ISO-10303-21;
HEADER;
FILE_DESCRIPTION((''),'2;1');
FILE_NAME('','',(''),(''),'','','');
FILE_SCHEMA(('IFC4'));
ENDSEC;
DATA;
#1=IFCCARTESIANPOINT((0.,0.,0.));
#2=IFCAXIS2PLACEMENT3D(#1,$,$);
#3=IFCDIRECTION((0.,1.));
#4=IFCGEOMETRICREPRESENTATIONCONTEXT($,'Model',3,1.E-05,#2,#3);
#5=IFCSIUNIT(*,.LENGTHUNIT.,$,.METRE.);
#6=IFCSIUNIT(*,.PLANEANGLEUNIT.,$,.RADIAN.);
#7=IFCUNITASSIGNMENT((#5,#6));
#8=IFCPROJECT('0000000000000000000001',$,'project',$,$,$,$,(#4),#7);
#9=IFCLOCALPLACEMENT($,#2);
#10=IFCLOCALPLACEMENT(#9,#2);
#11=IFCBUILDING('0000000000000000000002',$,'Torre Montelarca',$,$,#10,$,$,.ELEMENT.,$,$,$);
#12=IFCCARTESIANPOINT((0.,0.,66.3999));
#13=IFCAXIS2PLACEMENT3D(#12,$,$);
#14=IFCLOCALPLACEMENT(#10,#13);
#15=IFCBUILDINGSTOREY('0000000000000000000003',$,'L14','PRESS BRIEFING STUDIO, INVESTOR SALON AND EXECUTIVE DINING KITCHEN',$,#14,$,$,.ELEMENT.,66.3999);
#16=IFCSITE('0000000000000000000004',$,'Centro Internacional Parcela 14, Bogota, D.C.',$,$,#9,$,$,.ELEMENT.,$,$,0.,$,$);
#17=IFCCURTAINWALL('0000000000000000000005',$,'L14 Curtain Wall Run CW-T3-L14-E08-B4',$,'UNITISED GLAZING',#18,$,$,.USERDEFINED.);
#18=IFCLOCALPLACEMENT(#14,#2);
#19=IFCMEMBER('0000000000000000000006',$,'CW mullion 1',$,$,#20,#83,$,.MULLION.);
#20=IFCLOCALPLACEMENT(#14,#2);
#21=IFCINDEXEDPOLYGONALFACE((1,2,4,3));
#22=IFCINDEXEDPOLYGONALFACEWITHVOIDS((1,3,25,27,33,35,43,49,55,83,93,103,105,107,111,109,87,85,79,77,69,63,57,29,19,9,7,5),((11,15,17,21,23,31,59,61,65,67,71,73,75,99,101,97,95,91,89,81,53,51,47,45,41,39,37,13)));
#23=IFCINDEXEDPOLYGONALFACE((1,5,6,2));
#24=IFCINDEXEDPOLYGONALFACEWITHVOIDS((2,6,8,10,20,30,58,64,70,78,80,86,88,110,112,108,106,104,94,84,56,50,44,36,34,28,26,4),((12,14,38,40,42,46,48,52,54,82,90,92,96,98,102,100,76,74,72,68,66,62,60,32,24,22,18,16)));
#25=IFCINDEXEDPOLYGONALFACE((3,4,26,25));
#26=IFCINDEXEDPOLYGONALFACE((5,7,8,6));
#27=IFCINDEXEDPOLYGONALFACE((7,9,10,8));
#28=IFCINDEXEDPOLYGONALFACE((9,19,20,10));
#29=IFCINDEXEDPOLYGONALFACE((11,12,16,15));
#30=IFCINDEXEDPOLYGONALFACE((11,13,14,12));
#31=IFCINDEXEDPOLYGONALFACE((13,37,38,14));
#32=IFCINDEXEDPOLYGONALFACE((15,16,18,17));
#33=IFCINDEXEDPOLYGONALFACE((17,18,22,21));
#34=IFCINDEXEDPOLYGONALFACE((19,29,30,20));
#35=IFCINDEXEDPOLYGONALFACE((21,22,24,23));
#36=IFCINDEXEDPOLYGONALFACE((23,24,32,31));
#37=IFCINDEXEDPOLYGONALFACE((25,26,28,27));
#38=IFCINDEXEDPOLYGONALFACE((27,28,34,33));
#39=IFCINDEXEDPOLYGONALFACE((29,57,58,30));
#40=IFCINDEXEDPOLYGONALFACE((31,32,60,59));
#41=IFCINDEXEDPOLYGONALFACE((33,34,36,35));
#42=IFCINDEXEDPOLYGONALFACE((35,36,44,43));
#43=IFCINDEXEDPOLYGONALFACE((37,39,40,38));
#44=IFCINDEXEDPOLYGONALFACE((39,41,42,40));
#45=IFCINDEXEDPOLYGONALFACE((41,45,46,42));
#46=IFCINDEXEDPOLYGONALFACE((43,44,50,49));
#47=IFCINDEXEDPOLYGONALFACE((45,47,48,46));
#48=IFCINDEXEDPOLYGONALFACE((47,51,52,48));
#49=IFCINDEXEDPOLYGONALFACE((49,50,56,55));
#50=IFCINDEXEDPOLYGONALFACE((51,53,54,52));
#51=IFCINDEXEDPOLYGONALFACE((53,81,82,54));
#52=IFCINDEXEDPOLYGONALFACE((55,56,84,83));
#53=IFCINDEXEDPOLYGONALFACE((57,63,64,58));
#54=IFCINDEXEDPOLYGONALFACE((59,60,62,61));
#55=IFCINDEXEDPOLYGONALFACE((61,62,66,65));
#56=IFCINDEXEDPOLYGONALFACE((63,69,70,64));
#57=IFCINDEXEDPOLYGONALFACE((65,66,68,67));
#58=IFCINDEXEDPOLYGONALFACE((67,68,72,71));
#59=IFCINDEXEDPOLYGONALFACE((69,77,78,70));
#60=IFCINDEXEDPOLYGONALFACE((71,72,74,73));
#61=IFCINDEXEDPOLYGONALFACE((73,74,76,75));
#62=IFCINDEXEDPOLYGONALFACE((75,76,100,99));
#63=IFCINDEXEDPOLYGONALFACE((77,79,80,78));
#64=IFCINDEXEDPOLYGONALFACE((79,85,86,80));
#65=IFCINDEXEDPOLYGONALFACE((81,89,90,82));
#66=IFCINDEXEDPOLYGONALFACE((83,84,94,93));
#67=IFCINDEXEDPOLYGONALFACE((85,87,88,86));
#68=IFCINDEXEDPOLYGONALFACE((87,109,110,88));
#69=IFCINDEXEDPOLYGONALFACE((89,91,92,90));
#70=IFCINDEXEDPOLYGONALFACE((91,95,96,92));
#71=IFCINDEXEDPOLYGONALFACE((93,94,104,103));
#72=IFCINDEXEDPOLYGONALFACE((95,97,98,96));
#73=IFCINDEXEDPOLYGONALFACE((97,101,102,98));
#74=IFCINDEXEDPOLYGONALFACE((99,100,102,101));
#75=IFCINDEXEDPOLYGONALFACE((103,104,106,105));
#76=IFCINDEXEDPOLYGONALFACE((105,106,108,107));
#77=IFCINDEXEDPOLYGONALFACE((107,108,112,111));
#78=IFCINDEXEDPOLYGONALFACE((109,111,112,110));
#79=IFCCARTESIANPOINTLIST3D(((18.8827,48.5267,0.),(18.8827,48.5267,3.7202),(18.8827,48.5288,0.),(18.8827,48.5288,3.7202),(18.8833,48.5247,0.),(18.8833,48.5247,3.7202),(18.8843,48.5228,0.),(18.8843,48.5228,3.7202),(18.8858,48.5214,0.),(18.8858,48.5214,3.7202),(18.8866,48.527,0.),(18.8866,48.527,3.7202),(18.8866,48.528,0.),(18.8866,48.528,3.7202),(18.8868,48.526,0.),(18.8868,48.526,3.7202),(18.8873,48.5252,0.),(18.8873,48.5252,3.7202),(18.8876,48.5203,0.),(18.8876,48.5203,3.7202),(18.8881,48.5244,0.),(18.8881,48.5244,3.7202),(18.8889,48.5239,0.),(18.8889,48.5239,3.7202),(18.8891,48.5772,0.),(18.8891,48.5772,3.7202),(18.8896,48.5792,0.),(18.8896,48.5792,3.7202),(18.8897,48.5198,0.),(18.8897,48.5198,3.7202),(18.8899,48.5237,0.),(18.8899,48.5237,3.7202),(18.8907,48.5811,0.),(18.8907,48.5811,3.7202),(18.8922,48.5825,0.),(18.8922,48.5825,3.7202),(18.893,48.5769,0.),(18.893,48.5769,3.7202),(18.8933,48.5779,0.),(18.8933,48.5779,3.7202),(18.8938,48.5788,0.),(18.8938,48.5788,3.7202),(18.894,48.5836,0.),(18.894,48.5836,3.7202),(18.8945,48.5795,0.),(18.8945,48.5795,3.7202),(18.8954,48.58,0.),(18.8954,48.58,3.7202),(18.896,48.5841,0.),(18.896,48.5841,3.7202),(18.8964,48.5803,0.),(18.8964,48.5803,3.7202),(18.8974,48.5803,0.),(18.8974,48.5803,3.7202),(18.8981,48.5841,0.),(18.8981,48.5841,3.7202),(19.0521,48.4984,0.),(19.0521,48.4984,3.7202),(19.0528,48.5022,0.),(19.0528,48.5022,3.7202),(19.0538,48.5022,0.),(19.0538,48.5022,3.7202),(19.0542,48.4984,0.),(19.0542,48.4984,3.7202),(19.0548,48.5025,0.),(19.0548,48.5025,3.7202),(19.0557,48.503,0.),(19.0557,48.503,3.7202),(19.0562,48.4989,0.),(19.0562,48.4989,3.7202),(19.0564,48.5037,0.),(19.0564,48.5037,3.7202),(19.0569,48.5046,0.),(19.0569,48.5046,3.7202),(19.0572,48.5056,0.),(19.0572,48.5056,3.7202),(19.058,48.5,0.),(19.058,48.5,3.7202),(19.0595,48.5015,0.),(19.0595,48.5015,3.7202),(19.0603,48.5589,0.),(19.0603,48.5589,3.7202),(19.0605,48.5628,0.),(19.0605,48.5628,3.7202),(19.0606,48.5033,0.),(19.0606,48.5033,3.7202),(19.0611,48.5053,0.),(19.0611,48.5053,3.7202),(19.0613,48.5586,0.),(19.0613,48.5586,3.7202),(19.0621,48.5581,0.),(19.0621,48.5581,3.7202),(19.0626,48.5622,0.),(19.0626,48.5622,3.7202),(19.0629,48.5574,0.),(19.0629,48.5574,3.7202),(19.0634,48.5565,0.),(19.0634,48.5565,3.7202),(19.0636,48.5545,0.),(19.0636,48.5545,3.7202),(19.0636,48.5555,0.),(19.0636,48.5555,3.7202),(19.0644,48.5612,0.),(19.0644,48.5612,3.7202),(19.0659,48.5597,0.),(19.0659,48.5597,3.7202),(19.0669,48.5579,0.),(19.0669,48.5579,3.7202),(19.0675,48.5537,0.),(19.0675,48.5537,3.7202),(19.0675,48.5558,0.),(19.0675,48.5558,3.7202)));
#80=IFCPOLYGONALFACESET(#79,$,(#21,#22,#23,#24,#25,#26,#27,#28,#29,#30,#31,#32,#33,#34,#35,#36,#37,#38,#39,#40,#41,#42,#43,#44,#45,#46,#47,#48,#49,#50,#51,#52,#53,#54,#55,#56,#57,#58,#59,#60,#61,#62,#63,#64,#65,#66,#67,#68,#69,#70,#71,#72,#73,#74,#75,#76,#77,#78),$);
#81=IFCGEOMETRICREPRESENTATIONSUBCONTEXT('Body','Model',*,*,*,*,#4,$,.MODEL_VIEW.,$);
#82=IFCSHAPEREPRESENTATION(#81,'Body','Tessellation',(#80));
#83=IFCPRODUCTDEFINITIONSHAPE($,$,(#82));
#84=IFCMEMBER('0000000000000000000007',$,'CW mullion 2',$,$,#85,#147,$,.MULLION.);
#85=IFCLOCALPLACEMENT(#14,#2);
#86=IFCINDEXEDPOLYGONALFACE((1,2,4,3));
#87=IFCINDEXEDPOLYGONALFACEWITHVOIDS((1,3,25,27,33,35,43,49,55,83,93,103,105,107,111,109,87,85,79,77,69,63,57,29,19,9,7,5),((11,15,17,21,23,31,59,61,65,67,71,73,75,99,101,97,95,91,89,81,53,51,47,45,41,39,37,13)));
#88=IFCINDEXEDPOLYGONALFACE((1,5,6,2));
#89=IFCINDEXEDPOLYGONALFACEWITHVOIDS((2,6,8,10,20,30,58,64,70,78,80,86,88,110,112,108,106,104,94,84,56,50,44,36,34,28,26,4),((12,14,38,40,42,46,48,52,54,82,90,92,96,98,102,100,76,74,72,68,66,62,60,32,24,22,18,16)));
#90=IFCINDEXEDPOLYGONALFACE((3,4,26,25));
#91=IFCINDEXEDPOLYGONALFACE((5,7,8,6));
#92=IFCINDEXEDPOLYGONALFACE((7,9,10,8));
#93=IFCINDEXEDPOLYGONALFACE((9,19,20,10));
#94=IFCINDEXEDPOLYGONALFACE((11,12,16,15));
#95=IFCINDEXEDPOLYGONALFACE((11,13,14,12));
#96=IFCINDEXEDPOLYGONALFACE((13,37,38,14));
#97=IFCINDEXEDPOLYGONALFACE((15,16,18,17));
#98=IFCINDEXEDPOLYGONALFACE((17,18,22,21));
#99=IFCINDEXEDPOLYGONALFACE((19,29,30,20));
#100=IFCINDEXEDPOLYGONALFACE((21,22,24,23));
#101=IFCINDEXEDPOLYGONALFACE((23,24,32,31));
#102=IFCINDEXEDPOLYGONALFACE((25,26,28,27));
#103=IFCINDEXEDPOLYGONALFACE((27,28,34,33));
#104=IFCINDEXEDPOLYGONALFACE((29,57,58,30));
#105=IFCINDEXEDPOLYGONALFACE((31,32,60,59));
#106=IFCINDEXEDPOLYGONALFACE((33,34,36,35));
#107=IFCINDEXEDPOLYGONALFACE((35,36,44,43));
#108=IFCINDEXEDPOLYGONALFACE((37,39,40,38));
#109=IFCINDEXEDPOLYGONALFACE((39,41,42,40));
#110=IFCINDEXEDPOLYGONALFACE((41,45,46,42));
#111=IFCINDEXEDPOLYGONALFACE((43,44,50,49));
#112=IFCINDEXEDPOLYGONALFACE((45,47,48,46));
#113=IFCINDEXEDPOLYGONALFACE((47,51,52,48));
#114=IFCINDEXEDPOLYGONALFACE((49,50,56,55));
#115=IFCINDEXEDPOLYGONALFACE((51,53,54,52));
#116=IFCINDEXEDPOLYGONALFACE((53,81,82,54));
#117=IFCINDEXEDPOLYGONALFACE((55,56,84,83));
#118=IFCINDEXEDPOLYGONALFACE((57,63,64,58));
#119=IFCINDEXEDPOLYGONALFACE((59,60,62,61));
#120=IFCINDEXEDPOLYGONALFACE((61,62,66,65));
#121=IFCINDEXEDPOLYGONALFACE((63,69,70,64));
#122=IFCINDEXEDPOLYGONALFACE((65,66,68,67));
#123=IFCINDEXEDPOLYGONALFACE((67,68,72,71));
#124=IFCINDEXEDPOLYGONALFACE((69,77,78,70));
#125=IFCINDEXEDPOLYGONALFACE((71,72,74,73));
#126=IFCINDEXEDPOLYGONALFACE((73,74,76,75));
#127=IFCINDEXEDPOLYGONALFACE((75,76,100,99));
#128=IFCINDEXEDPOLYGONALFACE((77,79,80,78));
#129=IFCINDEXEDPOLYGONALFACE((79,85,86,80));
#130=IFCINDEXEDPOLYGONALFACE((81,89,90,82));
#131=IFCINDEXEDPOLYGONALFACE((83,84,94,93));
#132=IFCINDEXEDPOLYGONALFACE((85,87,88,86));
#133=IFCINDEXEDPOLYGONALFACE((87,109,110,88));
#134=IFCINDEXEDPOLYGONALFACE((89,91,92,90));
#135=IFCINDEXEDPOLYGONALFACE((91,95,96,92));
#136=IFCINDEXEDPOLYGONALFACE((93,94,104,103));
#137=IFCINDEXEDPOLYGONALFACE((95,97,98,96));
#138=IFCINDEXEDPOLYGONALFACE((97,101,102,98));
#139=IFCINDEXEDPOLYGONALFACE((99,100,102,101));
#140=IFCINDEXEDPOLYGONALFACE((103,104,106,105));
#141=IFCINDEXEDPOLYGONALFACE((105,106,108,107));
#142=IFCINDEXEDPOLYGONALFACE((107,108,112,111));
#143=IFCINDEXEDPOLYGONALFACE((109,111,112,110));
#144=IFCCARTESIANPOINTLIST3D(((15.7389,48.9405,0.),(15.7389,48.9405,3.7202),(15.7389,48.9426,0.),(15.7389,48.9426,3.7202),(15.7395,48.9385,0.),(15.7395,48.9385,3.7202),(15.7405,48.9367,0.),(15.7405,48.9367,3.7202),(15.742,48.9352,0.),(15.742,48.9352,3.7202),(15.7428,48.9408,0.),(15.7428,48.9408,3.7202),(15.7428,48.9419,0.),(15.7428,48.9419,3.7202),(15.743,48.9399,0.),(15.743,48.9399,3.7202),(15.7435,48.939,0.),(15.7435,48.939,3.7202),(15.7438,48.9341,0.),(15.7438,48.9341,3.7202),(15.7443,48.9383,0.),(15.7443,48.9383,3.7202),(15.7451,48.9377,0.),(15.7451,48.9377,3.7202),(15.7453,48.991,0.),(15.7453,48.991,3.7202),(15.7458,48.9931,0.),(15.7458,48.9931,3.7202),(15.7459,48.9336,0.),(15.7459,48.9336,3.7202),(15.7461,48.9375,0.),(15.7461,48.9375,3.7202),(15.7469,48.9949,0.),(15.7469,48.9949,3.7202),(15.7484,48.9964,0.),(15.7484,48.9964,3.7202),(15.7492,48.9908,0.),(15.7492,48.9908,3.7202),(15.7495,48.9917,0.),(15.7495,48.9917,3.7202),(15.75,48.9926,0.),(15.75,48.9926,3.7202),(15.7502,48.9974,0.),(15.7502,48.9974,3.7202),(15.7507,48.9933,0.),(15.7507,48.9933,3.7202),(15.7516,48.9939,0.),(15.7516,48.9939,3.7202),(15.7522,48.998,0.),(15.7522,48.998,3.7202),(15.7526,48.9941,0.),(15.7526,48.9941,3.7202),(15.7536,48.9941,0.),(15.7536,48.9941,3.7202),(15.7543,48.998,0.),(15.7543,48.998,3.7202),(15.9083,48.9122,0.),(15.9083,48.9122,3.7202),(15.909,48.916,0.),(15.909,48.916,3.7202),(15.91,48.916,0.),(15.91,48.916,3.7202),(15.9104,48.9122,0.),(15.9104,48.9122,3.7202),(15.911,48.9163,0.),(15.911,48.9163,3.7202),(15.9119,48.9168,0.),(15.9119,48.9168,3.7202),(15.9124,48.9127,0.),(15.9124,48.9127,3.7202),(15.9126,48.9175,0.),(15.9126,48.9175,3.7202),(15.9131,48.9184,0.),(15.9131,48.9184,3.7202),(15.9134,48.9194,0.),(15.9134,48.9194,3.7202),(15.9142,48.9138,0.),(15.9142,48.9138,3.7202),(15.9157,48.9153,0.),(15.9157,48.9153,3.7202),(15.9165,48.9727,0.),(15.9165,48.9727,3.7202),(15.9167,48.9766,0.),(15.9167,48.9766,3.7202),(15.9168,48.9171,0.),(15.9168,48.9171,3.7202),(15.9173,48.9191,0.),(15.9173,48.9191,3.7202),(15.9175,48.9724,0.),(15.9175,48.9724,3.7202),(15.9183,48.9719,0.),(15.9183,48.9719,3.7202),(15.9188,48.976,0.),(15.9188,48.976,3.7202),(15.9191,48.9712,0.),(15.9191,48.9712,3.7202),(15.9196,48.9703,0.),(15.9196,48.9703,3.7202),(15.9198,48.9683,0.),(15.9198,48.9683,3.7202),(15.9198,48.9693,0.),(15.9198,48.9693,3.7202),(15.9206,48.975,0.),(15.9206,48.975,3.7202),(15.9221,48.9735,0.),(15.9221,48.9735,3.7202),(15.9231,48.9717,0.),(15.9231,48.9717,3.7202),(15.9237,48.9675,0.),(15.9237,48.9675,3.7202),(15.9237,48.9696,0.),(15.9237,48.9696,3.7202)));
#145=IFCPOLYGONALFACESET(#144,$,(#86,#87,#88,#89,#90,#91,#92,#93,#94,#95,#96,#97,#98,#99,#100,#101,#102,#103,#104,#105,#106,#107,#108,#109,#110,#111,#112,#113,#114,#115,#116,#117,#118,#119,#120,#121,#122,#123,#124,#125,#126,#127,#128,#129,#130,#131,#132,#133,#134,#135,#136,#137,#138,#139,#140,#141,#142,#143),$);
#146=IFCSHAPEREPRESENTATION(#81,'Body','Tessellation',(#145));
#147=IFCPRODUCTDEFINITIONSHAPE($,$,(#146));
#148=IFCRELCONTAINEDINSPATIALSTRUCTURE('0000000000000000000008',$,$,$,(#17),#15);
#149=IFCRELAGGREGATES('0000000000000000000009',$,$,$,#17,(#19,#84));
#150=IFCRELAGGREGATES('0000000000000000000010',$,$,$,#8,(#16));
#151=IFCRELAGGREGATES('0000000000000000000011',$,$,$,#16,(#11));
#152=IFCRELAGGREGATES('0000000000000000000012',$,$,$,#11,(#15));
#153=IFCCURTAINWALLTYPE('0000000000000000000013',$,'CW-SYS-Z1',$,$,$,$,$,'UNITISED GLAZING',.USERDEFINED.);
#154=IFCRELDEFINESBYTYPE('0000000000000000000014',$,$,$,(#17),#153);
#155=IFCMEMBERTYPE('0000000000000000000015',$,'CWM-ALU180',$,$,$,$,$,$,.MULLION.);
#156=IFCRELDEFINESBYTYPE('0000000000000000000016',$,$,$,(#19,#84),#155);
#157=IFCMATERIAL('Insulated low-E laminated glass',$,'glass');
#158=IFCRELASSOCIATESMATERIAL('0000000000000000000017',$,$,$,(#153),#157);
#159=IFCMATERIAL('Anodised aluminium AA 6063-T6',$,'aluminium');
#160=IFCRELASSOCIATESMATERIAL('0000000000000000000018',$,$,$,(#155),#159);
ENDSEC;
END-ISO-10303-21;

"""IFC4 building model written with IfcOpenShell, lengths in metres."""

from ifc_helpers import new_model, si_unit, direction, frame, origin, origin_2d, place, context, subcontext, project, spatial, hollow_rectangle, extrude, source, transform, mapped, material, material_profile, profile_set, type_object, element, aggregate, save


model = new_model("IFC4")

# Units and contexts
model_context = context("Model", 3, precision=1e-05, world=origin(), true_north=direction((0.0, 1.0)))
body_context = subcontext(model_context, "Body", "Model", "MODEL_VIEW")
ifc_project = project(units=[si_unit("LENGTHUNIT", "METRE"), si_unit("PLANEANGLEUNIT", "RADIAN")], contexts=[model_context])

# Site, building, storey
site_placement = place(None, origin())
site = spatial("IfcSite", under=ifc_project, at=site_placement, Name="Centro Internacional Parcela 14, Bogota, D.C.", CompositionType="ELEMENT", RefElevation=0.0)
building_placement = place(site_placement, origin())
building = spatial("IfcBuilding", under=site, at=building_placement, Name="Torre Montelarca", CompositionType="ELEMENT")
storey_placement = place(building_placement, frame((0.0, 0.0, 66.3999)))
storey = spatial("IfcBuildingStorey", under=building, at=storey_placement, Name="L14", Description="PRESS BRIEFING STUDIO, INVESTOR SALON AND EXECUTIVE DINING KITCHEN", CompositionType="ELEMENT", Elevation=66.3999)

# Curtain wall, members
ifc_material_1 = material(Name="Insulated low-E laminated glass", Category="glass")
curtain_wall_type = type_object("IfcCurtainWallType", Name="CW-SYS-Z1", ElementType="UNITISED GLAZING", PredefinedType="USERDEFINED", material=ifc_material_1)
ifc_material_2 = material(Name="Anodised aluminium AA 6063-T6", Category="aluminium")
curtain_wall_1_placement = place(storey_placement, origin())
curtain_wall_1 = element("IfcCurtainWall", 1, at=curtain_wall_1_placement, inside=storey, type_object=curtain_wall_type, Name="L14 Curtain Wall Run CW-T3-L14-E08-B4", ObjectType="UNITISED GLAZING", PredefinedType="USERDEFINED")
ifc_material_profile_1 = material_profile(ifc_material_2, hollow_rectangle(XDim=0.0649, YDim=0.1799, WallThickness=0.0039, InnerFilletRadius=0.0039, OuterFilletRadius=0.0081, at=origin_2d()), Name="ALU65X180X4", Category="aluminium")
ifc_profile_set_1 = profile_set([ifc_material_profile_1], Name="Anodised aluminium AA 6063-T6")
member_type_1 = type_object("IfcMemberType", Name="CWM-ALU180", PredefinedType="MULLION", material=ifc_profile_set_1)
shared_shape_1 = source(origin(), body_context, "Body", "SweptSolid", [
    extrude(hollow_rectangle(XDim=0.0649, YDim=0.1799, WallThickness=0.0039, InnerFilletRadius=0.0039, OuterFilletRadius=0.0081, at=origin_2d()), origin(), (0.0, 0.0, 1.0), 3.7202),
])
member_1_placement = place(storey_placement, frame((18.9751, 48.5413, 0.0), z_axis=(0.0, 0.0, 1.0), x_axis=(-0.130524, -0.991445, 0.0)))
member_1 = element("IfcMember", 2, at=member_1_placement, type_object=member_type_1, Name="CW mullion 1", PredefinedType="MULLION", context=body_context, shape_type="MappedRepresentation", body=[
    mapped(shared_shape_1, transform((0.0, 0.0, 0.0), scale=1.0)),
])
member_2_placement = place(storey_placement, frame((15.8313, 48.9551, 0.0), z_axis=(0.0, 0.0, 1.0), x_axis=(-0.130524, -0.991445, 0.0)))
member_2 = element("IfcMember", 3, at=member_2_placement, type_object=member_type_1, Name="CW mullion 2", PredefinedType="MULLION", context=body_context, shape_type="MappedRepresentation", body=[
    mapped(shared_shape_1, transform((0.0, 0.0, 0.0), scale=1.0)),
])

aggregate(curtain_wall_1, [member_1, member_2])

save(model, "model.ifc")
